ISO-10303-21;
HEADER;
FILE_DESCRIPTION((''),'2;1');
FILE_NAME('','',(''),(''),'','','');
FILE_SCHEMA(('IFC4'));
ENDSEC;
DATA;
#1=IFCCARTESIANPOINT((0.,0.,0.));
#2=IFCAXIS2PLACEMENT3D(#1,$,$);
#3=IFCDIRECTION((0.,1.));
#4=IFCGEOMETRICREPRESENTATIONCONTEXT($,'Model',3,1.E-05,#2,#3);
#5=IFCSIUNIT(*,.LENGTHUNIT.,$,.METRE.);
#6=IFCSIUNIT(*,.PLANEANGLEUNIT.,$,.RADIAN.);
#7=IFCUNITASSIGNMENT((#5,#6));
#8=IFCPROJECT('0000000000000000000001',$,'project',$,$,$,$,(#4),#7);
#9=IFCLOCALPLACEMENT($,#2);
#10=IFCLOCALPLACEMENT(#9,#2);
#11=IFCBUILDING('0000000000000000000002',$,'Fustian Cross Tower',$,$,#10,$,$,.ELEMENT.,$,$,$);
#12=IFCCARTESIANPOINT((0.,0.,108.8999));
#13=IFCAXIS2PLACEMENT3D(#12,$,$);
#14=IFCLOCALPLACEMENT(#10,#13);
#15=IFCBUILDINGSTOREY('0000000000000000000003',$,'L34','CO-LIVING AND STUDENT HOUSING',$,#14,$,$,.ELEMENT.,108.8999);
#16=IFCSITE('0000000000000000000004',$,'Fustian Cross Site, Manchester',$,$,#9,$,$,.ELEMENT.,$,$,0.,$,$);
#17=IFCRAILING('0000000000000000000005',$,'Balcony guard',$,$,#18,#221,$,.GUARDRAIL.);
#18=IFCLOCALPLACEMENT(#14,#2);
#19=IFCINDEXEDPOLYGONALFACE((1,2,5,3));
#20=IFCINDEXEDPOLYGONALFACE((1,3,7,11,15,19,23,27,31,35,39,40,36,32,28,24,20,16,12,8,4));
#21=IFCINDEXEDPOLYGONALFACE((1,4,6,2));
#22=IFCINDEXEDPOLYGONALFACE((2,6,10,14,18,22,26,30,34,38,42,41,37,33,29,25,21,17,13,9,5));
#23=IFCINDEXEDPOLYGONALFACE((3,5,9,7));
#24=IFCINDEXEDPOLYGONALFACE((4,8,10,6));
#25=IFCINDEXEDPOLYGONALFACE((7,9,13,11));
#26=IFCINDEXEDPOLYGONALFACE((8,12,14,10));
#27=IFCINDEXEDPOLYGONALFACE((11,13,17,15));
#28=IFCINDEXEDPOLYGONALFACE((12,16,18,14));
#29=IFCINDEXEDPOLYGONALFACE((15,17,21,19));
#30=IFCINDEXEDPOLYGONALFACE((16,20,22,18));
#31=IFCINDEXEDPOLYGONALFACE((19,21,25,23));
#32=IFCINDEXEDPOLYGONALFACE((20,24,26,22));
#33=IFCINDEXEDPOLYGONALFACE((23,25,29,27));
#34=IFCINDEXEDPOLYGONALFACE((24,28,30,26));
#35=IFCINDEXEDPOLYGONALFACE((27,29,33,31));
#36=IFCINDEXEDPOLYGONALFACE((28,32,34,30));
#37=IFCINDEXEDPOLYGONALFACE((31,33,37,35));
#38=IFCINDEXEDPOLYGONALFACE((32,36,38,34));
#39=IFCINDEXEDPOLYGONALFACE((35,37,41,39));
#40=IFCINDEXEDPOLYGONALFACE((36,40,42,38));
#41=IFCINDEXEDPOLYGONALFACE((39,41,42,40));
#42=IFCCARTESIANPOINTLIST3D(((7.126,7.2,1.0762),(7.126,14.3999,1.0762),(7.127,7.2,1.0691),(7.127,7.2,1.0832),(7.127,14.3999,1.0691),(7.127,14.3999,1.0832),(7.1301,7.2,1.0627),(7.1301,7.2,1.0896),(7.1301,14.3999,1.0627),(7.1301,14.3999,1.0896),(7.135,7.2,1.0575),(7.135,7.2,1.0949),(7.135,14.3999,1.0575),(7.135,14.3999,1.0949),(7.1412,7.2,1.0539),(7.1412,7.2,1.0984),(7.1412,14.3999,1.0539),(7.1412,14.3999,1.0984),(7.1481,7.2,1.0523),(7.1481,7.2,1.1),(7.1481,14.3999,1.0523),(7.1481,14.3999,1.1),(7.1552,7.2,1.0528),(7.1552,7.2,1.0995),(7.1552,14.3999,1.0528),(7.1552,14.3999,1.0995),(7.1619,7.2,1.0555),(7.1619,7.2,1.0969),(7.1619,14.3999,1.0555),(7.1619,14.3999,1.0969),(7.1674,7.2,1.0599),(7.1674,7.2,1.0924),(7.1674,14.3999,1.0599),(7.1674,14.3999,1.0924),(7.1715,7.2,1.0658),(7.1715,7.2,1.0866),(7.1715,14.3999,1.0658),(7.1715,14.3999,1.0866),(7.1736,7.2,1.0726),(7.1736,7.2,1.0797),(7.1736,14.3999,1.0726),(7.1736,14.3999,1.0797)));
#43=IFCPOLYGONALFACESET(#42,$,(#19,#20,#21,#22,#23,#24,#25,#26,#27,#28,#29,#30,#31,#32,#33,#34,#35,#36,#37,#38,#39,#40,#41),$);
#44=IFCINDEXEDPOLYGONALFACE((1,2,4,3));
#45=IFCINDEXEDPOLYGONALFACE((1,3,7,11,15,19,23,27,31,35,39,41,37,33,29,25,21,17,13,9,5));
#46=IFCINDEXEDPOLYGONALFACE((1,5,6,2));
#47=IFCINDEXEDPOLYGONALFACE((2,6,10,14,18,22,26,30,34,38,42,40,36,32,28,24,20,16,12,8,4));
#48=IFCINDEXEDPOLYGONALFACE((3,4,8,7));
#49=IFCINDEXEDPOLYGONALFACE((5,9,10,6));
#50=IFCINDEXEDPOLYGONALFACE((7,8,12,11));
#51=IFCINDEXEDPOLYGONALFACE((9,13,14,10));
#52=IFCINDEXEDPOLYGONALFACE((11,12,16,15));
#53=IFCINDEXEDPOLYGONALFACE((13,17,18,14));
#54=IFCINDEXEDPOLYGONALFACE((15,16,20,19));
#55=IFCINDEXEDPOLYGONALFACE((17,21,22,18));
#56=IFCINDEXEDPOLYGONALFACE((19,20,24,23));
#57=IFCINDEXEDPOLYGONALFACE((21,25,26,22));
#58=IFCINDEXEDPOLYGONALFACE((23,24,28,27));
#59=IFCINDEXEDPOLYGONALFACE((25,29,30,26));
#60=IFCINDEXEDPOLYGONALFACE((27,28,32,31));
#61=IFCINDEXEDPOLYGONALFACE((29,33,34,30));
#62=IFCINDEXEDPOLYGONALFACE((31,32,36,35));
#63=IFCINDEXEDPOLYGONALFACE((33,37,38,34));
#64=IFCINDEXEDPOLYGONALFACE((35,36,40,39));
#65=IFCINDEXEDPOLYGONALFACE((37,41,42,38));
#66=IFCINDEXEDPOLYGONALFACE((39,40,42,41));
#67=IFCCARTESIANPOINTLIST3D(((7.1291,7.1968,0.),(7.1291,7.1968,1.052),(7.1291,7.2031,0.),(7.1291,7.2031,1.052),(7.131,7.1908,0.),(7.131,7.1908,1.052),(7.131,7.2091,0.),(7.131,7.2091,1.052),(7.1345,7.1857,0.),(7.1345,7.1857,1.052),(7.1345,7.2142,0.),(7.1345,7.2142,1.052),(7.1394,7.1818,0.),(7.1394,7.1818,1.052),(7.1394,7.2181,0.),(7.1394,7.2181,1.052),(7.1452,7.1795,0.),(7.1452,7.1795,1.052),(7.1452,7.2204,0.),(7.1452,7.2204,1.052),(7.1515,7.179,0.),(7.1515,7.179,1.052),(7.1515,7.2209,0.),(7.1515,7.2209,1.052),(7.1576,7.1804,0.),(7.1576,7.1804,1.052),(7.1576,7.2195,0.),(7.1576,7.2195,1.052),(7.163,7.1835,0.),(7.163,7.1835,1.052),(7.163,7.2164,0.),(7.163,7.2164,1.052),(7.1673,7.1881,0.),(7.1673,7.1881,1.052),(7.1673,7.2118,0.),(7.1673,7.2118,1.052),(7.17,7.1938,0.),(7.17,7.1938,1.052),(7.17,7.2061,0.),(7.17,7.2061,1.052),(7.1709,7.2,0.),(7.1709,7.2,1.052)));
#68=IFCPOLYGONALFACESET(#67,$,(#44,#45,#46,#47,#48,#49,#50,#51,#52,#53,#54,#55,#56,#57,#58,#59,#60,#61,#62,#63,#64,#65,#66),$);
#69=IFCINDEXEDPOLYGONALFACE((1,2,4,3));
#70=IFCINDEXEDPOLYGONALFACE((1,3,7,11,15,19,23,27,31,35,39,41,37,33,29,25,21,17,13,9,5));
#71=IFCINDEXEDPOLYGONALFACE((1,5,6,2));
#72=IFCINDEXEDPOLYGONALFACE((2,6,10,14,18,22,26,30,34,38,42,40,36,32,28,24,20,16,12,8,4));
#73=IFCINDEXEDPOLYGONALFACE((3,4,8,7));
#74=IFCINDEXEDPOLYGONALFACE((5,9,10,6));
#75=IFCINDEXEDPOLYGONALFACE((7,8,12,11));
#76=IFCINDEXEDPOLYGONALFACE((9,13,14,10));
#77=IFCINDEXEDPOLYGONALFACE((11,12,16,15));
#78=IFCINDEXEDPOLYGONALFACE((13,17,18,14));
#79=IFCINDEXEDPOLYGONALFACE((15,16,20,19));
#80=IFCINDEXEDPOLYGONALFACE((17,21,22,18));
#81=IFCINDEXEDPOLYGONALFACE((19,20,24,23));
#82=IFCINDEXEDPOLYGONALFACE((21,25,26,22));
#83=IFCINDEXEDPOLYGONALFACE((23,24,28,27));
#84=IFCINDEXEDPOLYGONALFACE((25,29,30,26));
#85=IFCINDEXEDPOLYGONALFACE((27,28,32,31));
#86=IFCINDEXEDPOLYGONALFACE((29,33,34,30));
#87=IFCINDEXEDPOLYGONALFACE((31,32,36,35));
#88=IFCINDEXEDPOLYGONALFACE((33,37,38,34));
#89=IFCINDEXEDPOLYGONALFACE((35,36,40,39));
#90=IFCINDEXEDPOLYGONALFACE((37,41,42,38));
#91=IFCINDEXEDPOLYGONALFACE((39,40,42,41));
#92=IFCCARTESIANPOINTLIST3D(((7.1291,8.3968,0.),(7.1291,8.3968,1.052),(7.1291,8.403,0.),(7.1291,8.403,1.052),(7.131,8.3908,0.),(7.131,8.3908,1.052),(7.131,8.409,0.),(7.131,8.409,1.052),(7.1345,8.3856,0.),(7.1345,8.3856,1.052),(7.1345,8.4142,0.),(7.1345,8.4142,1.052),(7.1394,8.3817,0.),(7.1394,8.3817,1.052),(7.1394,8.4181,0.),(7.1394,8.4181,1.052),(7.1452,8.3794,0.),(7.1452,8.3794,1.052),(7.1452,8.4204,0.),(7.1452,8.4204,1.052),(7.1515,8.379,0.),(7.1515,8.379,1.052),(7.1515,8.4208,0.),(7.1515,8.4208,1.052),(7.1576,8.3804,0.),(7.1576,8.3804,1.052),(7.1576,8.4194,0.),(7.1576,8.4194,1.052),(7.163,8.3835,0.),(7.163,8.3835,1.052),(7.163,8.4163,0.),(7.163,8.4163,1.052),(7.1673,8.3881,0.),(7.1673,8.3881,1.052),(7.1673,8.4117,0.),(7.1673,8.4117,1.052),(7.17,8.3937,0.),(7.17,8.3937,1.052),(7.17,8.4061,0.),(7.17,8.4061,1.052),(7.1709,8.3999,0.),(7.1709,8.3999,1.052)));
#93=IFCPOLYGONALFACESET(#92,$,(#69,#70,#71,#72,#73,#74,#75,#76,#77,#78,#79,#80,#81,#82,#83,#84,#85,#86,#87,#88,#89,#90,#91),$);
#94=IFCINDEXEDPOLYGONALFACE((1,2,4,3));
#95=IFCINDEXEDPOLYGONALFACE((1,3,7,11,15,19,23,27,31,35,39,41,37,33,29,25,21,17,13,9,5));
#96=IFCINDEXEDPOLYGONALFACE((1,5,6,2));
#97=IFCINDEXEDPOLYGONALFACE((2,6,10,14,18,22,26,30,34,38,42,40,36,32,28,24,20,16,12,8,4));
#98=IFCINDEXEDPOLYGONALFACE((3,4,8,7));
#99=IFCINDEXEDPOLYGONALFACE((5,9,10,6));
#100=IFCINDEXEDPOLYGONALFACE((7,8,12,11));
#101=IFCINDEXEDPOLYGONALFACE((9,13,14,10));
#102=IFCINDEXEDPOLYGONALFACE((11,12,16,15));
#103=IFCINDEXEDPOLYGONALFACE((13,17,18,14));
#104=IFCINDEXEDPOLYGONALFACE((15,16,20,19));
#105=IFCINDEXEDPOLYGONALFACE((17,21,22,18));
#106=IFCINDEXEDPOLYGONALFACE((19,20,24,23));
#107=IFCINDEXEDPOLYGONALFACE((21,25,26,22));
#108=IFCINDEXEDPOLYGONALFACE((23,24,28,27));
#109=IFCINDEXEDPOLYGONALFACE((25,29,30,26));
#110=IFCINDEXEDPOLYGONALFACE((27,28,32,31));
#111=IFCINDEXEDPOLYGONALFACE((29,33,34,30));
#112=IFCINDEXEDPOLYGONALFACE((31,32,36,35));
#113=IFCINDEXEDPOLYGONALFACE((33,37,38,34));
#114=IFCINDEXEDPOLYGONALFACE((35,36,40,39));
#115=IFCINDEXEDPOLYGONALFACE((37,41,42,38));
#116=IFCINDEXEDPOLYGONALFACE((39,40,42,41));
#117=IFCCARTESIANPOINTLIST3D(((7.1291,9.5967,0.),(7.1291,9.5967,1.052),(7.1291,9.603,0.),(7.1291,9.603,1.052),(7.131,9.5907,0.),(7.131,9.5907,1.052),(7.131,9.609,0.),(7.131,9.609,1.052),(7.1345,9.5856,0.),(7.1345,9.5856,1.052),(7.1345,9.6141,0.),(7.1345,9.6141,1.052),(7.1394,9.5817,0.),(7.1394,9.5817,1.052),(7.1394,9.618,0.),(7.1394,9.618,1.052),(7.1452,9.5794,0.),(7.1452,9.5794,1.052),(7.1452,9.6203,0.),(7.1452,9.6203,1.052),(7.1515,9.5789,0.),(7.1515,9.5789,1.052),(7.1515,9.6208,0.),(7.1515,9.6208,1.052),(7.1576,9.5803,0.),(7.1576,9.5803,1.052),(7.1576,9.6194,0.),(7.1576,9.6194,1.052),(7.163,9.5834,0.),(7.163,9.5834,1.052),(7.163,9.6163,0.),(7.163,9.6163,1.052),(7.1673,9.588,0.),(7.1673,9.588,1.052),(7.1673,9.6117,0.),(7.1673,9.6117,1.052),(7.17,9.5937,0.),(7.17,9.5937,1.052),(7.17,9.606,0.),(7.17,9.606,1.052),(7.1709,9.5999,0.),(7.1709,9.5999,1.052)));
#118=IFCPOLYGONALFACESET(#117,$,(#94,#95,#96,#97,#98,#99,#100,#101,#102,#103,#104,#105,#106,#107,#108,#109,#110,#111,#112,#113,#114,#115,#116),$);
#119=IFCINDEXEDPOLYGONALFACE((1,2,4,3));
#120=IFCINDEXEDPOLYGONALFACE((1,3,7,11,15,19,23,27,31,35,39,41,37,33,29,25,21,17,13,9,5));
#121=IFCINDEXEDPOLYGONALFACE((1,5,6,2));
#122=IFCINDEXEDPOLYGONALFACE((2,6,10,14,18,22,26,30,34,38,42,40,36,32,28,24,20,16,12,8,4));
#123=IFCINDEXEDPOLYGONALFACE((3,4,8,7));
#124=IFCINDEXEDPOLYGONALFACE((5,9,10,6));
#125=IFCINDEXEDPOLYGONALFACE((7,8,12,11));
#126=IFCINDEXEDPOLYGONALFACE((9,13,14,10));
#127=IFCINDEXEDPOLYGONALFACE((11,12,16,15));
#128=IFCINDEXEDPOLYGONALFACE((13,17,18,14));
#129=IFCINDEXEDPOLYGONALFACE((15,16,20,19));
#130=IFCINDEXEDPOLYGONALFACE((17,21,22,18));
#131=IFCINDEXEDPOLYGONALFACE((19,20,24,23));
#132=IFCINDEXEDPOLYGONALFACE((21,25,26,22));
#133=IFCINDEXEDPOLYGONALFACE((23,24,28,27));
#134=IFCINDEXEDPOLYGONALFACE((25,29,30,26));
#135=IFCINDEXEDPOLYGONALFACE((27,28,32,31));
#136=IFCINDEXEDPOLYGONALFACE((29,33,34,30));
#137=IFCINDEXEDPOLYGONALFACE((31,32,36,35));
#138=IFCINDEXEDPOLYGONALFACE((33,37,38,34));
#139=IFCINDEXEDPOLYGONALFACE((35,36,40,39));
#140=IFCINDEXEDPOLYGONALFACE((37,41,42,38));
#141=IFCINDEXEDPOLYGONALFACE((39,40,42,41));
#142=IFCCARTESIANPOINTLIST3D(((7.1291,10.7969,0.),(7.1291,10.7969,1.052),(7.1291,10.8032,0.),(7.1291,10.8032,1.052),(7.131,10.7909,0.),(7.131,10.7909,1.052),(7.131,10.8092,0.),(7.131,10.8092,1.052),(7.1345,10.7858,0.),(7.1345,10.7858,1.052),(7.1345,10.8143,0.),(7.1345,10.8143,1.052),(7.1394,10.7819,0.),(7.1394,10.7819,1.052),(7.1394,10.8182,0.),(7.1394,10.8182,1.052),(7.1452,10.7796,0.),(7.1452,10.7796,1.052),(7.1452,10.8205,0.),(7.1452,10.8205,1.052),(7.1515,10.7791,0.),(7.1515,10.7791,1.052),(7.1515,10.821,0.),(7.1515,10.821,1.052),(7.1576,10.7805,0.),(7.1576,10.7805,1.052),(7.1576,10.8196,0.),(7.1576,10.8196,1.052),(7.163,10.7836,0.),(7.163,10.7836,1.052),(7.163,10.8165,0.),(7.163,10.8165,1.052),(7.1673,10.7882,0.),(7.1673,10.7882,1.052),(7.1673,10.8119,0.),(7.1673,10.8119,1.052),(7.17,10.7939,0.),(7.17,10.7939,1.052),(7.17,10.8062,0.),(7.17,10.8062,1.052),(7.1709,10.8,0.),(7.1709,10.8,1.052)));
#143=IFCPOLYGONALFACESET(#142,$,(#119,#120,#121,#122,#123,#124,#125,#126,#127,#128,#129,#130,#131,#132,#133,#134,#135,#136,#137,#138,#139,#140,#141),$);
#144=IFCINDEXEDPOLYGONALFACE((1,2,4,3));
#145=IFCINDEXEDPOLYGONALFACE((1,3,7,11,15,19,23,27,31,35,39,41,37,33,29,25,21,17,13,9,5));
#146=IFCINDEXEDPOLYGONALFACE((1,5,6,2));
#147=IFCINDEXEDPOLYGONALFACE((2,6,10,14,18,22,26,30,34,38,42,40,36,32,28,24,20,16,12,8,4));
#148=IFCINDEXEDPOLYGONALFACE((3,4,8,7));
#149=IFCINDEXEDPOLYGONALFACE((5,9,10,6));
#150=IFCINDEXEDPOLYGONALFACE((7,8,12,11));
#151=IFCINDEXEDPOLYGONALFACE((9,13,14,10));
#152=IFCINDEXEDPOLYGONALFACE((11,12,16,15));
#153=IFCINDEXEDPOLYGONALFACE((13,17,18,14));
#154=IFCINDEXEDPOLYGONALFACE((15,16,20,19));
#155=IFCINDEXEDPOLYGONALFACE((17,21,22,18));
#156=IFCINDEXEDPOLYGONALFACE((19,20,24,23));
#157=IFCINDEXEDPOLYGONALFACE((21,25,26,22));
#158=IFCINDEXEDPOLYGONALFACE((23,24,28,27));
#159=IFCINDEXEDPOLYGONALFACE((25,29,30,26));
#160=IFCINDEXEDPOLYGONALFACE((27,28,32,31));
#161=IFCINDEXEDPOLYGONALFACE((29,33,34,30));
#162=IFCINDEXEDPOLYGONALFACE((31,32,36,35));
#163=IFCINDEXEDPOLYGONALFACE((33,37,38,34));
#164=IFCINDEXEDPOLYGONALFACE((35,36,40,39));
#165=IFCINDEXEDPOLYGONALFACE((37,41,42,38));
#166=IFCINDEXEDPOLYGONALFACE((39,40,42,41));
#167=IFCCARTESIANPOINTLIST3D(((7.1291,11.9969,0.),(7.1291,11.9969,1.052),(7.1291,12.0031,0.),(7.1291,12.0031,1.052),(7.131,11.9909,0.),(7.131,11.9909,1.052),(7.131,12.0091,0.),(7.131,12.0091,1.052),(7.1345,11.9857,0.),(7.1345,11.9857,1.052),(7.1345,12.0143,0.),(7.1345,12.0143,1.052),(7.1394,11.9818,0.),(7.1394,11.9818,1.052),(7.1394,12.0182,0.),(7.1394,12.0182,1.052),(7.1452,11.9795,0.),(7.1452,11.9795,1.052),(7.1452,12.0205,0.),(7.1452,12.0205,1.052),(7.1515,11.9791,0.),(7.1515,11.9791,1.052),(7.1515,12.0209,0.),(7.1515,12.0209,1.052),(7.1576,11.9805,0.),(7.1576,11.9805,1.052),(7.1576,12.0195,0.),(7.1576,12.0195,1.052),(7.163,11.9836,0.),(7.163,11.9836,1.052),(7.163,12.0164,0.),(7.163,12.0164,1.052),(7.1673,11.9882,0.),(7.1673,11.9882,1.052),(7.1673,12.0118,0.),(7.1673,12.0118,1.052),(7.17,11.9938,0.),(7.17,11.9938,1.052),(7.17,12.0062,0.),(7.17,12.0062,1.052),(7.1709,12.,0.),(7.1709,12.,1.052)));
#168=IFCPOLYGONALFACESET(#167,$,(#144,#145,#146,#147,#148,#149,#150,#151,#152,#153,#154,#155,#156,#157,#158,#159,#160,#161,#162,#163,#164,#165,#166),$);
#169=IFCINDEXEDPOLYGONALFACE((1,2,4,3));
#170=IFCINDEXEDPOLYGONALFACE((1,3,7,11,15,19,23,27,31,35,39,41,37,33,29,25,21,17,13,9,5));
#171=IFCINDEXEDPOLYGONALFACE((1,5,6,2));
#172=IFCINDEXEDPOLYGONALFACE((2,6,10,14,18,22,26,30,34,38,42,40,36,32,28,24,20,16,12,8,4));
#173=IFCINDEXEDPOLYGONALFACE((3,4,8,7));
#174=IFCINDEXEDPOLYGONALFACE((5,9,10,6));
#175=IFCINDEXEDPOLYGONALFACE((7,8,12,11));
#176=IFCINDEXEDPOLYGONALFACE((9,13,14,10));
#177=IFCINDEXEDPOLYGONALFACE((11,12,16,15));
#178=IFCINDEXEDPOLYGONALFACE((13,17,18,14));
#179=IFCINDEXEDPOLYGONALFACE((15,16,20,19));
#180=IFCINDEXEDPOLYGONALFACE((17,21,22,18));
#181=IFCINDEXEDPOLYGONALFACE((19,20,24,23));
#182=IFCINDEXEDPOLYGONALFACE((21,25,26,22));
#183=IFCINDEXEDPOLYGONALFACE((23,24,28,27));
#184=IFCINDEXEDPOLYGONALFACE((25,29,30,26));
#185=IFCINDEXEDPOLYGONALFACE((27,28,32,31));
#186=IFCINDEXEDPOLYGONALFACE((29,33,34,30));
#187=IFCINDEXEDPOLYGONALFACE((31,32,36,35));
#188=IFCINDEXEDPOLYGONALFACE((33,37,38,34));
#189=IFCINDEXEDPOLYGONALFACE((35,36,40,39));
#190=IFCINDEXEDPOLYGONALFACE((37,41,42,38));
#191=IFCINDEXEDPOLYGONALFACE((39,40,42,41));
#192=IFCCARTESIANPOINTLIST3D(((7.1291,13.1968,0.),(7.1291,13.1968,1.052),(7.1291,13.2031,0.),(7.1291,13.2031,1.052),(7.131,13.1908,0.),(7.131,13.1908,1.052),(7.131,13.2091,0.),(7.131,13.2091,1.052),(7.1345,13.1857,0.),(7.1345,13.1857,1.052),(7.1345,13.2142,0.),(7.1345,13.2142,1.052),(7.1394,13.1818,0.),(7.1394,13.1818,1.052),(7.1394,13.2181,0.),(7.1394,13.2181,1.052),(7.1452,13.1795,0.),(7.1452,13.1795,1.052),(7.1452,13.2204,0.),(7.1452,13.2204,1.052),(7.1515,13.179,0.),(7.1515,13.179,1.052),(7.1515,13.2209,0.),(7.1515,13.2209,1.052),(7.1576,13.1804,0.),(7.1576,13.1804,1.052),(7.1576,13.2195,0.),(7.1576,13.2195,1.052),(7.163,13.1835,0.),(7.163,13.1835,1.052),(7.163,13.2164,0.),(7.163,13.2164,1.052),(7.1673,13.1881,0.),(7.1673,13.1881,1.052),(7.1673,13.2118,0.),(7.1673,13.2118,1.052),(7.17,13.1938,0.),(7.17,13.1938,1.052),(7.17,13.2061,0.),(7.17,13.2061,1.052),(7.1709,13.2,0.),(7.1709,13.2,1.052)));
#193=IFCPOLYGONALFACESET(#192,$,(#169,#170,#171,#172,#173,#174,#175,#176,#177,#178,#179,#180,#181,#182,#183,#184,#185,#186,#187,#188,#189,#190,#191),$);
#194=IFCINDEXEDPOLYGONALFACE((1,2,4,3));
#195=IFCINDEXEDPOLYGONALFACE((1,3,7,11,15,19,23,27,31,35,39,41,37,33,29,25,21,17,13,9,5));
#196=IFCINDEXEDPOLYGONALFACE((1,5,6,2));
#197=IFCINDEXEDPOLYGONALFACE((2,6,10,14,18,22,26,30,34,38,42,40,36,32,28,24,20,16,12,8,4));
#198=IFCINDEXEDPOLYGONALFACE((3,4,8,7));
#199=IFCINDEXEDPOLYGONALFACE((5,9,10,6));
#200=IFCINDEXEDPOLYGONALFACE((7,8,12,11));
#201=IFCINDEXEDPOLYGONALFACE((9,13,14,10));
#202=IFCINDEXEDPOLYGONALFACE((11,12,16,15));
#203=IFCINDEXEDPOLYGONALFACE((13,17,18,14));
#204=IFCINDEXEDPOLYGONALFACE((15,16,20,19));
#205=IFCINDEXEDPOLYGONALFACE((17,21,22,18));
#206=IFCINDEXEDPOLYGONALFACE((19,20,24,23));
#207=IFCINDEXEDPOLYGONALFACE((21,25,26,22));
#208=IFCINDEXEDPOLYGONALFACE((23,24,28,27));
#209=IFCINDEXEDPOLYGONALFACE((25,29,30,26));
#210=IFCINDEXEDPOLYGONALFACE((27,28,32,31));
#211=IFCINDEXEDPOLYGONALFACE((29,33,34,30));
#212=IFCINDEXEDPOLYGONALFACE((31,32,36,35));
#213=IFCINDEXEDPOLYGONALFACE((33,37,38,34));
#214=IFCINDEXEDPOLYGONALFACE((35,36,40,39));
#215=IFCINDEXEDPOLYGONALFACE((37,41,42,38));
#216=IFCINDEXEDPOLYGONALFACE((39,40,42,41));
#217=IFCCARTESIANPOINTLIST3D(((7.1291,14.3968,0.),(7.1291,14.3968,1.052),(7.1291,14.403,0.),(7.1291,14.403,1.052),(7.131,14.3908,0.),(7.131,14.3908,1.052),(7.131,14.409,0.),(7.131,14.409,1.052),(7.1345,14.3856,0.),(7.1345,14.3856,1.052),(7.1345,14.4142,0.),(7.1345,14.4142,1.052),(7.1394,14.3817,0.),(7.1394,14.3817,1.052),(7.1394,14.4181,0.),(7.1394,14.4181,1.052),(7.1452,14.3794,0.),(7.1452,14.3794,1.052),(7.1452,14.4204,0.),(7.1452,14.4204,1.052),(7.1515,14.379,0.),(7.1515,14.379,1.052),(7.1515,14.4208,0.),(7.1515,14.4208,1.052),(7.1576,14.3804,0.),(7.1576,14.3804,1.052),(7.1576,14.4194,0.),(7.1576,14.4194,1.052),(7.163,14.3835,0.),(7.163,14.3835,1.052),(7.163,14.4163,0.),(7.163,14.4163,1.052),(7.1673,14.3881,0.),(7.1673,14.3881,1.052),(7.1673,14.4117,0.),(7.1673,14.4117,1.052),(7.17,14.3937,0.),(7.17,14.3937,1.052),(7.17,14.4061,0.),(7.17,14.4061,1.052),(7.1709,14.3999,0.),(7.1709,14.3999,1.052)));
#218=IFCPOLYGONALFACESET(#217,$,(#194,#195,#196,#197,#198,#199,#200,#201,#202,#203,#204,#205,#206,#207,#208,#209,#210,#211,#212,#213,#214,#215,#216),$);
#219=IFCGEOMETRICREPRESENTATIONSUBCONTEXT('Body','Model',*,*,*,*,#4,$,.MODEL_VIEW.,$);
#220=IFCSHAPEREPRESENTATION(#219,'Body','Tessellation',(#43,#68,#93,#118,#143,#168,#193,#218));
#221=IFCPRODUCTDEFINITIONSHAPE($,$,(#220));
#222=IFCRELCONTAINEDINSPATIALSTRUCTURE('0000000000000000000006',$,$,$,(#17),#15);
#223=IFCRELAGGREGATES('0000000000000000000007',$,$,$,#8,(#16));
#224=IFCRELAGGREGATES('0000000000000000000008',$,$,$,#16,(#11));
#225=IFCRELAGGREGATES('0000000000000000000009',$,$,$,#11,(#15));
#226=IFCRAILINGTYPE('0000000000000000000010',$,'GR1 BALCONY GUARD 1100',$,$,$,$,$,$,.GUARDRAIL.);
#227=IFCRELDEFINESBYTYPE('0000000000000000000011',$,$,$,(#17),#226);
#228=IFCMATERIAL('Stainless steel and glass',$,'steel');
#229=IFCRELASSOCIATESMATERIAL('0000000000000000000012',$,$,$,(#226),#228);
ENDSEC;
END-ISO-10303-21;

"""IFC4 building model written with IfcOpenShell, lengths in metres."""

from ifc_helpers import new_model, si_unit, direction, frame, origin, origin_2d, place, context, subcontext, project, spatial, circle, extrude, material, type_object, element, save


model = new_model("IFC4")

# Units and contexts
model_context = context("Model", 3, precision=1e-05, world=origin(), true_north=direction((0.0, 1.0)))
body_context = subcontext(model_context, "Body", "Model", "MODEL_VIEW")
ifc_project = project(units=[si_unit("LENGTHUNIT", "METRE"), si_unit("PLANEANGLEUNIT", "RADIAN")], contexts=[model_context])

# Site, building, storey
site_placement = place(None, origin())
site = spatial("IfcSite", under=ifc_project, at=site_placement, Name="Fustian Cross Site, Manchester", CompositionType="ELEMENT", RefElevation=0.0)
building_placement = place(site_placement, origin())
building = spatial("IfcBuilding", under=site, at=building_placement, Name="Fustian Cross Tower", CompositionType="ELEMENT")
storey_placement = place(building_placement, frame((0.0, 0.0, 108.8999)))
storey = spatial("IfcBuildingStorey", under=building, at=storey_placement, Name="L34", Description="CO-LIVING AND STUDENT HOUSING", CompositionType="ELEMENT", Elevation=108.8999)

# Railing
ifc_material_1 = material(Name="Stainless steel and glass", Category="steel")
railing_type = type_object("IfcRailingType", Name="GR1 BALCONY GUARD 1100", PredefinedType="GUARDRAIL", material=ifc_material_1)
railing_placement = place(storey_placement, frame((7.1499, 7.2, 0.0)))
element("IfcRailing", 1, at=railing_placement, inside=storey, type_object=railing_type, Name="Balcony guard", PredefinedType="GUARDRAIL", context=body_context, shape_type="SweptSolid", body=[
    extrude(circle(Radius=0.0239, at=origin_2d()), frame((0.0, 0.0, 1.0762), z_axis=(0.0, 1.0, 0.0), x_axis=(-1.0, 0.0, 0.0)), (0.0, 0.0, 1.0), 7.2),
    extrude(circle(Radius=0.021, at=origin_2d()), origin(), (0.0, 0.0, 1.0), 1.052),
    extrude(circle(Radius=0.021, at=origin_2d()), frame((0.0, 1.2, 0.0)), (0.0, 0.0, 1.0), 1.052),
    extrude(circle(Radius=0.021, at=origin_2d()), frame((0.0, 2.3999, 0.0)), (0.0, 0.0, 1.0), 1.052),
    extrude(circle(Radius=0.021, at=origin_2d()), frame((0.0, 3.6001, 0.0)), (0.0, 0.0, 1.0), 1.052),
    extrude(circle(Radius=0.021, at=origin_2d()), frame((0.0, 4.8, 0.0)), (0.0, 0.0, 1.0), 1.052),
    extrude(circle(Radius=0.021, at=origin_2d()), frame((0.0, 6.0, 0.0)), (0.0, 0.0, 1.0), 1.052),
    extrude(circle(Radius=0.021, at=origin_2d()), frame((0.0, 7.2, 0.0)), (0.0, 0.0, 1.0), 1.052),
])

save(model, "model.ifc")
